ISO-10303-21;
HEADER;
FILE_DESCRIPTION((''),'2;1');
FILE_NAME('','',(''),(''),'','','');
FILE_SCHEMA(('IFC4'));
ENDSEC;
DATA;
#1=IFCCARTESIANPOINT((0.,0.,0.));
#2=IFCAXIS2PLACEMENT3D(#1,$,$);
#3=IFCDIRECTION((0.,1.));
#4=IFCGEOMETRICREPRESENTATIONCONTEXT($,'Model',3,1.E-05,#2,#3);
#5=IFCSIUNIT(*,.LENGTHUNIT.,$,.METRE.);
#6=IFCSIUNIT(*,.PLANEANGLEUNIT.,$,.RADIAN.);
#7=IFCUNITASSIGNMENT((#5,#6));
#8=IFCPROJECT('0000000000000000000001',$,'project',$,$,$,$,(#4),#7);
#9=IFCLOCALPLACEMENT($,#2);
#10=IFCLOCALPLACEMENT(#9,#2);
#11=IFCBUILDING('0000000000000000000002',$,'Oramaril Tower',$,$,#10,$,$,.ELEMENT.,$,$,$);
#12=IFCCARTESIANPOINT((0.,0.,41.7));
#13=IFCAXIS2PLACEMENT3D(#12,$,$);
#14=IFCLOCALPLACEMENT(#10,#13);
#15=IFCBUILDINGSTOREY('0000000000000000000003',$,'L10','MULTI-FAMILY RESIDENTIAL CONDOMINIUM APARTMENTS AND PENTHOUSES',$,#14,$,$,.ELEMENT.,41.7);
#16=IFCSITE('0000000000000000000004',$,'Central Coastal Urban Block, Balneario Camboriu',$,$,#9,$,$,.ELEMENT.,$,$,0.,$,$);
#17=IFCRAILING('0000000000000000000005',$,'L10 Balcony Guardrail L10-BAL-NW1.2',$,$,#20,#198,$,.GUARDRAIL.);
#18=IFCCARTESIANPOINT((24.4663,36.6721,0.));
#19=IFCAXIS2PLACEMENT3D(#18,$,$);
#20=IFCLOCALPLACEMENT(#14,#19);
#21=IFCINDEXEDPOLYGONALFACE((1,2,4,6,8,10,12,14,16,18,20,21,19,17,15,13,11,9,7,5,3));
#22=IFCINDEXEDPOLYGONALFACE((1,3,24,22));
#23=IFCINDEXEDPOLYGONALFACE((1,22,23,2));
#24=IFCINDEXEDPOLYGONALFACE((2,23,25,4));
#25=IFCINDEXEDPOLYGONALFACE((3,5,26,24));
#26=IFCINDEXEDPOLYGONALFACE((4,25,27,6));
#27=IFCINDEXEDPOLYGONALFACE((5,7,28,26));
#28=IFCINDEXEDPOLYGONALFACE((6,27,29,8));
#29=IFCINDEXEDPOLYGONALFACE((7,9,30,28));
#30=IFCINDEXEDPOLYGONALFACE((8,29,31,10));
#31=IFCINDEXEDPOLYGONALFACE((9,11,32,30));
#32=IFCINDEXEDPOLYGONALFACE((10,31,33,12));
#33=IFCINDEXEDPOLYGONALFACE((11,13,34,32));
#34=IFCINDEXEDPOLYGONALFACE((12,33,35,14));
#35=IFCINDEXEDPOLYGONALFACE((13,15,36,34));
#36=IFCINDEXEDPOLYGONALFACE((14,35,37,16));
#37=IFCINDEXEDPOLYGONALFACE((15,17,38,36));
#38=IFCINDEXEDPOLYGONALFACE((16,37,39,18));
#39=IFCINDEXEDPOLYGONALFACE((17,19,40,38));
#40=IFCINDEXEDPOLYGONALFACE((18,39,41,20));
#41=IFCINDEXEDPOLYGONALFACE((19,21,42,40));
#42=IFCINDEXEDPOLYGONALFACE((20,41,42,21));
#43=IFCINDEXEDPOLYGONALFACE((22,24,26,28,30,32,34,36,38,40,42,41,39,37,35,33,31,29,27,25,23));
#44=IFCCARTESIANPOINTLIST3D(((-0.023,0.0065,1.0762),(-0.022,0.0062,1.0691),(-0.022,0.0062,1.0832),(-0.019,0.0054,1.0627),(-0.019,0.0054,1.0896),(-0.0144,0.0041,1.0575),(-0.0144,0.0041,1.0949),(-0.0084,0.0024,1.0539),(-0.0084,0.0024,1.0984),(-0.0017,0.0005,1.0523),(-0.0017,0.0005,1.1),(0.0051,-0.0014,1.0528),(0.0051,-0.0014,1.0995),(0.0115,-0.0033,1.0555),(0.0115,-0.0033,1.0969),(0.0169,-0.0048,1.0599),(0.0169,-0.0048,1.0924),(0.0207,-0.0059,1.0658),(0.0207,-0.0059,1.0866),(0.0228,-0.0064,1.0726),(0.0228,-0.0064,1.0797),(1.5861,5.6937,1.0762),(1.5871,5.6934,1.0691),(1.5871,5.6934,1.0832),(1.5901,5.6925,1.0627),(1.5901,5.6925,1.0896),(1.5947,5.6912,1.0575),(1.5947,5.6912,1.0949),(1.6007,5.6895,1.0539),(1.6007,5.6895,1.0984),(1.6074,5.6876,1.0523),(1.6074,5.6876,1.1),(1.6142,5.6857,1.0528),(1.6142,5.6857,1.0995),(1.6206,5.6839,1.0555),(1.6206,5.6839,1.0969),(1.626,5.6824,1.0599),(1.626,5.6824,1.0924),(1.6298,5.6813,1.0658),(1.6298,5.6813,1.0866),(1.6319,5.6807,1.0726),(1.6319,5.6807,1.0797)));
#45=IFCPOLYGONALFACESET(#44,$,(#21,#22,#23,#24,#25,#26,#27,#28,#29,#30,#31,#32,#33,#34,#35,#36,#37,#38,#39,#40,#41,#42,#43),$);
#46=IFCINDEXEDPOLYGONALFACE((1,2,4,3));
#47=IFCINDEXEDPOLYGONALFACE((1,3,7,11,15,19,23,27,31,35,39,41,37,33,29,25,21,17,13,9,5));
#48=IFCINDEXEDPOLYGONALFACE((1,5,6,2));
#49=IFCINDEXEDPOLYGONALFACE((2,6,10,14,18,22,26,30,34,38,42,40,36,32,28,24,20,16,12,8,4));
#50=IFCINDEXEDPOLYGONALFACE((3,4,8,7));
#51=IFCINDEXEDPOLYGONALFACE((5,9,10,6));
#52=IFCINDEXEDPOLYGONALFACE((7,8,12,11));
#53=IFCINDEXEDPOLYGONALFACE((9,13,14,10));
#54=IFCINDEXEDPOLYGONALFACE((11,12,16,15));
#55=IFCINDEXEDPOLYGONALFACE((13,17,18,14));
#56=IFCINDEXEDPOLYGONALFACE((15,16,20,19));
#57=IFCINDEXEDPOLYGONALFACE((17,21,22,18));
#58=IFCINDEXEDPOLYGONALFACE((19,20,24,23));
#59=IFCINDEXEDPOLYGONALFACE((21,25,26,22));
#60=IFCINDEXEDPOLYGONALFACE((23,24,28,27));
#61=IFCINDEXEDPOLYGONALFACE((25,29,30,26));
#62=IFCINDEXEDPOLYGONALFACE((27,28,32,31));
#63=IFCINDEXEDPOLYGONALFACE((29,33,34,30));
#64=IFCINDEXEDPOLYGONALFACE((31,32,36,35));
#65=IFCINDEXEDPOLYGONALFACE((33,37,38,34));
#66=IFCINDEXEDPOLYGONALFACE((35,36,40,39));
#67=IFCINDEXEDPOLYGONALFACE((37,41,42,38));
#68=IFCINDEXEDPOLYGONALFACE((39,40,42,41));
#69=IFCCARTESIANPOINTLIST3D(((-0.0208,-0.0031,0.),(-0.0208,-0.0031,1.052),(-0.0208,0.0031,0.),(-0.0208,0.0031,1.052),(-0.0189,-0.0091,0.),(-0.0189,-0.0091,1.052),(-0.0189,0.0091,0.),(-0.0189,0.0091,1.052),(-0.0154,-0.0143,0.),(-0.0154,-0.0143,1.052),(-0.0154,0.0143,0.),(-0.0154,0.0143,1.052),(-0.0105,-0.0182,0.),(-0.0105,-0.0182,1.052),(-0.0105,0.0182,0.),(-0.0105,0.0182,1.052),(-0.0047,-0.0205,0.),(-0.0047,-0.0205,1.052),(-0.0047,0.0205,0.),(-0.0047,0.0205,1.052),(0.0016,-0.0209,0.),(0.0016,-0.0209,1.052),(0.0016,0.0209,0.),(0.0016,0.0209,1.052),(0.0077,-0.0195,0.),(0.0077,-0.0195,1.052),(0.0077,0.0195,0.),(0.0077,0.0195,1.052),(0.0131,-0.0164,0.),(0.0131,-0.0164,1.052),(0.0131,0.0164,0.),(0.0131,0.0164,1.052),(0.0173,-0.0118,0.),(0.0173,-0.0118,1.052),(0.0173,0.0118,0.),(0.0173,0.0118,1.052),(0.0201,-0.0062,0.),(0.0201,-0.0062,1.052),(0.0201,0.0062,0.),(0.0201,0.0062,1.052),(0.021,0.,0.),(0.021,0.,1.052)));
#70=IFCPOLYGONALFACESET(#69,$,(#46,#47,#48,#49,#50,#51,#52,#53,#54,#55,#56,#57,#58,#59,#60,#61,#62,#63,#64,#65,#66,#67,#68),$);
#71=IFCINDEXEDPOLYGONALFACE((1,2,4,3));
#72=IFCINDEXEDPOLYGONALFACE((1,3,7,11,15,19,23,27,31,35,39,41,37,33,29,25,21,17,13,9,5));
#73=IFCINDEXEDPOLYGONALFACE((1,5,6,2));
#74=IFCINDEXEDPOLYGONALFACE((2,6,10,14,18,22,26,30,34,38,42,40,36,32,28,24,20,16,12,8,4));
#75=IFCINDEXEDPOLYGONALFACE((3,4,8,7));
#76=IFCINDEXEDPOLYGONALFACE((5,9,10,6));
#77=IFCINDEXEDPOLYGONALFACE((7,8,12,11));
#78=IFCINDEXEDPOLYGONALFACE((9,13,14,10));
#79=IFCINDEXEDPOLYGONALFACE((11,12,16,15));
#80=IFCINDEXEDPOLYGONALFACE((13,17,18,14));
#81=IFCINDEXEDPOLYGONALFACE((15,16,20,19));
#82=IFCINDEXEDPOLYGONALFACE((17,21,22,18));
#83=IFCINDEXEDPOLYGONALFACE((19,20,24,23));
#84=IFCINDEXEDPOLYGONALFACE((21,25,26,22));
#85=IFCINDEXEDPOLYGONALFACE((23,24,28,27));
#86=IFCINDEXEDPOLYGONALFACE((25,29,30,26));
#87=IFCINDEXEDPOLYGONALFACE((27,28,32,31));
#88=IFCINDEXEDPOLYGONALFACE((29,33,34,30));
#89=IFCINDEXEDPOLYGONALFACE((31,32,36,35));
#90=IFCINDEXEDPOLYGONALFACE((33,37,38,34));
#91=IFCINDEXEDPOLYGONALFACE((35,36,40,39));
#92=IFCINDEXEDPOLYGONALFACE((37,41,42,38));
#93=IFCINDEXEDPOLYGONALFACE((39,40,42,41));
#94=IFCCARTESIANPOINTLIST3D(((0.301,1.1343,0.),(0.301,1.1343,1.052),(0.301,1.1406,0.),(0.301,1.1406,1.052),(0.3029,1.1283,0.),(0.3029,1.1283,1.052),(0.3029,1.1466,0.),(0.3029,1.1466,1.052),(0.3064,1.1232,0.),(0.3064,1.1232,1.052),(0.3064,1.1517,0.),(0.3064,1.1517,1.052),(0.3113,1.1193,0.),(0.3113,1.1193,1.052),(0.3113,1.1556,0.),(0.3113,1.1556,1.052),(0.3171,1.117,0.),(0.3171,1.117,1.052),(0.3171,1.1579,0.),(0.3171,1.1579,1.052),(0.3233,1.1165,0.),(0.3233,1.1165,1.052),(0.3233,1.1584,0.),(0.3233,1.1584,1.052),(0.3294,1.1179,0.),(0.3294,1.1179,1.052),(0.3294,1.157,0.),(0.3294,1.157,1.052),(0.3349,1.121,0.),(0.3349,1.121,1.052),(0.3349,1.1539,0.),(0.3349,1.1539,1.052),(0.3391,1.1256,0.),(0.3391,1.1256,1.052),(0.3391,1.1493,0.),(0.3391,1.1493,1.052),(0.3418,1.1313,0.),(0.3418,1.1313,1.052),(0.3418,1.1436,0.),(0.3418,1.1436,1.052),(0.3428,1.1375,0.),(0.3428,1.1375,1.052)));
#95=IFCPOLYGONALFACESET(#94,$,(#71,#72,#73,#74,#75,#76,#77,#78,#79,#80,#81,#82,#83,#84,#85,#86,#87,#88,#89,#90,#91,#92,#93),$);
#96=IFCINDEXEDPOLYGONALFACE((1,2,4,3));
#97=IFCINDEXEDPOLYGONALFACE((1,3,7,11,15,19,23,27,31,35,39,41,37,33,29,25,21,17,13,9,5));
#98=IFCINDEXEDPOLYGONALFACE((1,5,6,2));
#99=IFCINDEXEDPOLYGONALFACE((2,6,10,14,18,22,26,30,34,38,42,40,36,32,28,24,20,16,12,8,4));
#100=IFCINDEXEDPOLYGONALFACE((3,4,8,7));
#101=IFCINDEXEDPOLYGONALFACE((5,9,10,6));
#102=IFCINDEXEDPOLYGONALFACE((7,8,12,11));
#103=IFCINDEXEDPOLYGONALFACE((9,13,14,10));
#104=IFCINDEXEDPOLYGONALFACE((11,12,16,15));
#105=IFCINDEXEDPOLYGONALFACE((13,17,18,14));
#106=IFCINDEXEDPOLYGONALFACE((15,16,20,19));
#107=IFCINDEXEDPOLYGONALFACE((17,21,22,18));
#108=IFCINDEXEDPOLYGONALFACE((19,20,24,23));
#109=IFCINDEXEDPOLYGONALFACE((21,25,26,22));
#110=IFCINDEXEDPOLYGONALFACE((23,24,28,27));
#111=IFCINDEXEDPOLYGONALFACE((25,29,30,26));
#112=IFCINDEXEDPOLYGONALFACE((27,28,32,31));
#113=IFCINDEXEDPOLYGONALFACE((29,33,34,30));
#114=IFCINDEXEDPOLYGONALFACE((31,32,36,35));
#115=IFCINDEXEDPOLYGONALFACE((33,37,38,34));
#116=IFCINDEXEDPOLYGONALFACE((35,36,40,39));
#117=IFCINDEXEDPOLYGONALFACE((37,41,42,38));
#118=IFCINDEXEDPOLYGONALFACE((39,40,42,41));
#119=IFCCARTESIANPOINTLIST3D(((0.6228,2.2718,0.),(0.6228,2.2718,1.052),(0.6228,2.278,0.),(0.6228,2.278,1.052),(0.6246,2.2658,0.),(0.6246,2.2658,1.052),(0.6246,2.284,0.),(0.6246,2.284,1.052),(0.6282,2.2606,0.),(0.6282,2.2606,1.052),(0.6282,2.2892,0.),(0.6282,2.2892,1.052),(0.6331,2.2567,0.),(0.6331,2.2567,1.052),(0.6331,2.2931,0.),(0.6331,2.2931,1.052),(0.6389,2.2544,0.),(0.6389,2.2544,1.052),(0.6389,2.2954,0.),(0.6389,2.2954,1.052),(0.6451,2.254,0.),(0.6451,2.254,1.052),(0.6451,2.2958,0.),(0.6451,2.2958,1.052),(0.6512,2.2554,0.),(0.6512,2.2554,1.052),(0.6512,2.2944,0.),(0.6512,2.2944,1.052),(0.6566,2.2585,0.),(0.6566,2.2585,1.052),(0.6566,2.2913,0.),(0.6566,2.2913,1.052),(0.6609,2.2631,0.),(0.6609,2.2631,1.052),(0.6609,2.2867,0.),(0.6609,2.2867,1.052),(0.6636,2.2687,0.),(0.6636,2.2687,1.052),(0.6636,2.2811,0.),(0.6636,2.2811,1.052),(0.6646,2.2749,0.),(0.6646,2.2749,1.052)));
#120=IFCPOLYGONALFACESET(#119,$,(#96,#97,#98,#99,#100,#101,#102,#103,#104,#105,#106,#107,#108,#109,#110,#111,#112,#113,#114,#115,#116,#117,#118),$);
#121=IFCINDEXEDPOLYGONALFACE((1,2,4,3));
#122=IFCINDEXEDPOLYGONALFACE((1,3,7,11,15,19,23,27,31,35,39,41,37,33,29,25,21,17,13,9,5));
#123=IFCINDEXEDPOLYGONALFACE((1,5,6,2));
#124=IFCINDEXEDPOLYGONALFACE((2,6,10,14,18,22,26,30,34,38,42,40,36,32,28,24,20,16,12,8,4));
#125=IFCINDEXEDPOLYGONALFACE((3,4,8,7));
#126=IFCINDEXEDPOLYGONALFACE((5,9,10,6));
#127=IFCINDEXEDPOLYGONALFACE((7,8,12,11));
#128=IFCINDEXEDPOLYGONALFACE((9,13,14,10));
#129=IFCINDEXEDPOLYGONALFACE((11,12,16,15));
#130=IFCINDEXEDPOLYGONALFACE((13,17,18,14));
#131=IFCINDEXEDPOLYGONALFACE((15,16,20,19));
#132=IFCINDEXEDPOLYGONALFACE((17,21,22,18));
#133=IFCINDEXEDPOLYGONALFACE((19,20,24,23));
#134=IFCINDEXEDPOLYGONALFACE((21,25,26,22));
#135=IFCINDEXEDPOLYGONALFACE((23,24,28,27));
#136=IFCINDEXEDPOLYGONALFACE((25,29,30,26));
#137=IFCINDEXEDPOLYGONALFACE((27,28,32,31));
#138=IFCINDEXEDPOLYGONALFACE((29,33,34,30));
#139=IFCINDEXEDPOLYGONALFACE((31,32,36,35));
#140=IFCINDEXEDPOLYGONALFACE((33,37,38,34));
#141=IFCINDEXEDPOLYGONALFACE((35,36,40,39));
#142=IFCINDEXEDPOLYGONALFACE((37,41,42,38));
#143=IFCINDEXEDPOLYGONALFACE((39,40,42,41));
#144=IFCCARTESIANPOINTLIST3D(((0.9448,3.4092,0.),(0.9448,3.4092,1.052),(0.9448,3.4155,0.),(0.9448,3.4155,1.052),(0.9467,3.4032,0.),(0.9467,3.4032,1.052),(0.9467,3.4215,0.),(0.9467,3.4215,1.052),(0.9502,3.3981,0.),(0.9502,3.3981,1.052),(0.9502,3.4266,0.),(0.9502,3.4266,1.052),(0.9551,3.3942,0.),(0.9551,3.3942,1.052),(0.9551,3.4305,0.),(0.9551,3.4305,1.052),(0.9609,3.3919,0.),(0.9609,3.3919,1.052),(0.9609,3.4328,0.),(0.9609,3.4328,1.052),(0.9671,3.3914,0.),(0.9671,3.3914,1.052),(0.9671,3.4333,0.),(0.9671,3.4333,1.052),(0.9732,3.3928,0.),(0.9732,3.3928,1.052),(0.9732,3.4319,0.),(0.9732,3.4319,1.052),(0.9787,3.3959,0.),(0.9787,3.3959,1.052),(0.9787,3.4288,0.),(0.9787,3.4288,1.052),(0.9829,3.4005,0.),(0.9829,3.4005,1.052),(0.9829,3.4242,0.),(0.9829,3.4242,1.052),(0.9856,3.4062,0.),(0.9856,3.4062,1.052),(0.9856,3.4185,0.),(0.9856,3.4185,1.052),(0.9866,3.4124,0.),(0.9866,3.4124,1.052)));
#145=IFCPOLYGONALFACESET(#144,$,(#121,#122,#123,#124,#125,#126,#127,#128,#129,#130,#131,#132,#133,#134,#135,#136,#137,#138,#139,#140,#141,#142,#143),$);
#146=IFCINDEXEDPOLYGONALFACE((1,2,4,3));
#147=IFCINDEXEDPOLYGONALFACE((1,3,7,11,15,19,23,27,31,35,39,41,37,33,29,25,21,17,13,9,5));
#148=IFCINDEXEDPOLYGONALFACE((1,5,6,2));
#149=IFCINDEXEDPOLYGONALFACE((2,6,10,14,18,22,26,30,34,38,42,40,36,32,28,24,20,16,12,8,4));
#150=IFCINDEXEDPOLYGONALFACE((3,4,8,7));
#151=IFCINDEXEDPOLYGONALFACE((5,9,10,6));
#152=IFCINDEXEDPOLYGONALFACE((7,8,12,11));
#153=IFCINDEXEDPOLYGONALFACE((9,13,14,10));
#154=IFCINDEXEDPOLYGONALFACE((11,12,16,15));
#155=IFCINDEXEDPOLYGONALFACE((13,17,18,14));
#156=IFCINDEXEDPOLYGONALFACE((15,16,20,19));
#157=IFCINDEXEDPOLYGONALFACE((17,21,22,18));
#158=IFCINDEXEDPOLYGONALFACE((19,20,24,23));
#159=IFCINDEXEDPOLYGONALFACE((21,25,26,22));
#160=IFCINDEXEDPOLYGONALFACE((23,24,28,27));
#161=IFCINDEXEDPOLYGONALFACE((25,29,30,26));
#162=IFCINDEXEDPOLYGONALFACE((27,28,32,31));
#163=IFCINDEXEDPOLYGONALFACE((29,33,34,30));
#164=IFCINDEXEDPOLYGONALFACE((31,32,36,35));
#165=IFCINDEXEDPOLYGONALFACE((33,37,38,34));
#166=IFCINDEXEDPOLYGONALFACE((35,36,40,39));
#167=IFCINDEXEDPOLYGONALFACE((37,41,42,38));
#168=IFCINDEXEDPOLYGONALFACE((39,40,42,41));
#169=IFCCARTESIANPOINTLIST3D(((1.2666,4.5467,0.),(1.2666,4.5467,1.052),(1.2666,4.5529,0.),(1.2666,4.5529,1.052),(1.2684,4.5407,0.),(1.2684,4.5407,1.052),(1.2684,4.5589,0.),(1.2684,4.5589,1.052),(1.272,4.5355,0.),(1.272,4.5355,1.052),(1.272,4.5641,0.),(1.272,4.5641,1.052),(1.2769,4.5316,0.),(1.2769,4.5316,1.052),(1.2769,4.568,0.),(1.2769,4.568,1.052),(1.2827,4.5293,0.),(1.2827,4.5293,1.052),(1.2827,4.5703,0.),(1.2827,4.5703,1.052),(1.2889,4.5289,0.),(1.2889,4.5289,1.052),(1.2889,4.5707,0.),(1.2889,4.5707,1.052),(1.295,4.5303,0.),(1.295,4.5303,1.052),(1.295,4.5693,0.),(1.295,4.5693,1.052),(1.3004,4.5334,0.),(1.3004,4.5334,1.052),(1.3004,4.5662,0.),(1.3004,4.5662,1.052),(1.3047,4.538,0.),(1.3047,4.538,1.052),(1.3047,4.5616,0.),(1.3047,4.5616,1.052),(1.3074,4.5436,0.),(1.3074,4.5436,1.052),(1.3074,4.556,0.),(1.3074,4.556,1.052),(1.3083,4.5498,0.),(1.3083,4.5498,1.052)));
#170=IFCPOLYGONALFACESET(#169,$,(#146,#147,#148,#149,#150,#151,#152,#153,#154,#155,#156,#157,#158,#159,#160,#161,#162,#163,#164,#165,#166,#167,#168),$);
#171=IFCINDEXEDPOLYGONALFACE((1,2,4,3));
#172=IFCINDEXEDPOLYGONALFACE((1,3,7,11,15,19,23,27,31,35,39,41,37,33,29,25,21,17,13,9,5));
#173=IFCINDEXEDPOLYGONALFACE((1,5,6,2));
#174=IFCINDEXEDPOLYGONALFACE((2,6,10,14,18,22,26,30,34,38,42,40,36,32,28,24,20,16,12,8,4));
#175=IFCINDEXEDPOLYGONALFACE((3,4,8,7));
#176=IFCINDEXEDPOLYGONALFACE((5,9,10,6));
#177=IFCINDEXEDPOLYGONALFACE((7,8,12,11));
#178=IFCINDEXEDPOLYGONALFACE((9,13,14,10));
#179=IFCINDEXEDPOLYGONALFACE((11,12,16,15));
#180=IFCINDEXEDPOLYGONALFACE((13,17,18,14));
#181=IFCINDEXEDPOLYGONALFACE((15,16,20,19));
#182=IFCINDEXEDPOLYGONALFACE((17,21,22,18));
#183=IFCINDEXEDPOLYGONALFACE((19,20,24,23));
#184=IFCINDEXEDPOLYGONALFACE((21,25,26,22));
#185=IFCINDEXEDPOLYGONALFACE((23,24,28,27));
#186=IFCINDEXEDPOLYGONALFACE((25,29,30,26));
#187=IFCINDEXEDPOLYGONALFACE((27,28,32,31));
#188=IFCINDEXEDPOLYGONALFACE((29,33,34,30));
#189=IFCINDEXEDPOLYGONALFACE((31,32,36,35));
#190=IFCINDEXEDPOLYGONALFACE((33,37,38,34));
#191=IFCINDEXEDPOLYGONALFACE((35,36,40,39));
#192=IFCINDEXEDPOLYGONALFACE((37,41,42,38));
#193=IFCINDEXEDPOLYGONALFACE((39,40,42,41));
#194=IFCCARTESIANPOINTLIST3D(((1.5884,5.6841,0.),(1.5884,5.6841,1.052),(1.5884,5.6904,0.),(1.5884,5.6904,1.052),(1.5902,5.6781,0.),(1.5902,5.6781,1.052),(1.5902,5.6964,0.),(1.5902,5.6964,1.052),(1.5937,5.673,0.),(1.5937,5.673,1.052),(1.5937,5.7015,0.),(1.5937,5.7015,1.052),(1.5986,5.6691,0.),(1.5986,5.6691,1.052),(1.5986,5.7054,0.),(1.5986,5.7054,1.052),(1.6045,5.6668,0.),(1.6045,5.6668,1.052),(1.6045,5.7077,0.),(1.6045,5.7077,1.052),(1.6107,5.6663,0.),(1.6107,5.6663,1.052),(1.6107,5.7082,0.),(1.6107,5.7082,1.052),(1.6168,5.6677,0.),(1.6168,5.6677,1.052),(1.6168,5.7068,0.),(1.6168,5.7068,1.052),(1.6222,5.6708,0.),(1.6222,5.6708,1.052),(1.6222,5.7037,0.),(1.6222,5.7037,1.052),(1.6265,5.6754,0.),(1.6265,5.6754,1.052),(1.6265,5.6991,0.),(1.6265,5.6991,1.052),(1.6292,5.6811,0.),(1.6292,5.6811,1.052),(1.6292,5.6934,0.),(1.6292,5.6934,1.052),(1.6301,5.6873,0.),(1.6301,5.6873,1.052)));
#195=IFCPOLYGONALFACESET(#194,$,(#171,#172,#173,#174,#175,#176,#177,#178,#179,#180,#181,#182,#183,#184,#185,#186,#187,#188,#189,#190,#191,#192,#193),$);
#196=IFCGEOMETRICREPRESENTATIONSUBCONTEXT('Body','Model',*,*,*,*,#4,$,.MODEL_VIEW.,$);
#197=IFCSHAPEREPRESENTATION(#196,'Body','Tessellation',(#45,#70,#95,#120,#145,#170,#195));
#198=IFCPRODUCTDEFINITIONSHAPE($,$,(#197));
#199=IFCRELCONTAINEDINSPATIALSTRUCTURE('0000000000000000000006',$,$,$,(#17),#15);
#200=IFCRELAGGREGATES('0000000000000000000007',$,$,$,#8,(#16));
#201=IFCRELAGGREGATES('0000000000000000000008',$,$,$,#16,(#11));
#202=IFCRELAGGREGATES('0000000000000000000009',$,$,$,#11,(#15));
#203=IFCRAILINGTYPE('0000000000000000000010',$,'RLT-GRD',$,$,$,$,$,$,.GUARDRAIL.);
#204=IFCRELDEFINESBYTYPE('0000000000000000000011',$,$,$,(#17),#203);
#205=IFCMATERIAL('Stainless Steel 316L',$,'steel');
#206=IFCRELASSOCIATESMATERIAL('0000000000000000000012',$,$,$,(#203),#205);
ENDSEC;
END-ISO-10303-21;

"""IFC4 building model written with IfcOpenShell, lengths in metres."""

from ifc_helpers import new_model, si_unit, direction, frame, origin, origin_2d, place, context, subcontext, project, spatial, circle, extrude, material, type_object, element, save


model = new_model("IFC4")

# Units and contexts
model_context = context("Model", 3, precision=1e-05, world=origin(), true_north=direction((0.0, 1.0)))
body_context = subcontext(model_context, "Body", "Model", "MODEL_VIEW")
ifc_project = project(units=[si_unit("LENGTHUNIT", "METRE"), si_unit("PLANEANGLEUNIT", "RADIAN")], contexts=[model_context])

# Site, building, storey
site_placement = place(None, origin())
site = spatial("IfcSite", under=ifc_project, at=site_placement, Name="Central Coastal Urban Block, Balneario Camboriu", CompositionType="ELEMENT", RefElevation=0.0)
building_placement = place(site_placement, origin())
building = spatial("IfcBuilding", under=site, at=building_placement, Name="Oramaril Tower", CompositionType="ELEMENT")
storey_placement = place(building_placement, frame((0.0, 0.0, 41.7)))
storey = spatial("IfcBuildingStorey", under=building, at=storey_placement, Name="L10", Description="MULTI-FAMILY RESIDENTIAL CONDOMINIUM APARTMENTS AND PENTHOUSES", CompositionType="ELEMENT", Elevation=41.7)

# Railing
ifc_material_1 = material(Name="Stainless Steel 316L", Category="steel")
railing_type = type_object("IfcRailingType", Name="RLT-GRD", PredefinedType="GUARDRAIL", material=ifc_material_1)
railing_1_placement = place(storey_placement, frame((24.4663, 36.6721, 0.0)))
element("IfcRailing", 1, at=railing_1_placement, inside=storey, type_object=railing_type, Name="L10 Balcony Guardrail L10-BAL-NW1.2", PredefinedType="GUARDRAIL", context=body_context, shape_type="SweptSolid", body=[
    extrude(circle(Radius=0.0239, at=origin_2d()), frame((0.0, 0.0, 1.0762), z_axis=(0.272249, 0.962227, 0.0), x_axis=(-0.962227, 0.272249, 0.0)), (0.0, 0.0, 1.0), 5.9104),
    extrude(circle(Radius=0.021, at=origin_2d()), origin(), (0.0, 0.0, 1.0), 1.052),
    extrude(circle(Radius=0.021, at=origin_2d()), frame((0.3218, 1.1375, 0.0)), (0.0, 0.0, 1.0), 1.052),
    extrude(circle(Radius=0.021, at=origin_2d()), frame((0.6436, 2.2749, 0.0)), (0.0, 0.0, 1.0), 1.052),
    extrude(circle(Radius=0.021, at=origin_2d()), frame((0.9656, 3.4124, 0.0)), (0.0, 0.0, 1.0), 1.052),
    extrude(circle(Radius=0.021, at=origin_2d()), frame((1.2874, 4.5498, 0.0)), (0.0, 0.0, 1.0), 1.052),
    extrude(circle(Radius=0.021, at=origin_2d()), frame((1.6091, 5.6873, 0.0)), (0.0, 0.0, 1.0), 1.052),
])

save(model, "model.ifc")
